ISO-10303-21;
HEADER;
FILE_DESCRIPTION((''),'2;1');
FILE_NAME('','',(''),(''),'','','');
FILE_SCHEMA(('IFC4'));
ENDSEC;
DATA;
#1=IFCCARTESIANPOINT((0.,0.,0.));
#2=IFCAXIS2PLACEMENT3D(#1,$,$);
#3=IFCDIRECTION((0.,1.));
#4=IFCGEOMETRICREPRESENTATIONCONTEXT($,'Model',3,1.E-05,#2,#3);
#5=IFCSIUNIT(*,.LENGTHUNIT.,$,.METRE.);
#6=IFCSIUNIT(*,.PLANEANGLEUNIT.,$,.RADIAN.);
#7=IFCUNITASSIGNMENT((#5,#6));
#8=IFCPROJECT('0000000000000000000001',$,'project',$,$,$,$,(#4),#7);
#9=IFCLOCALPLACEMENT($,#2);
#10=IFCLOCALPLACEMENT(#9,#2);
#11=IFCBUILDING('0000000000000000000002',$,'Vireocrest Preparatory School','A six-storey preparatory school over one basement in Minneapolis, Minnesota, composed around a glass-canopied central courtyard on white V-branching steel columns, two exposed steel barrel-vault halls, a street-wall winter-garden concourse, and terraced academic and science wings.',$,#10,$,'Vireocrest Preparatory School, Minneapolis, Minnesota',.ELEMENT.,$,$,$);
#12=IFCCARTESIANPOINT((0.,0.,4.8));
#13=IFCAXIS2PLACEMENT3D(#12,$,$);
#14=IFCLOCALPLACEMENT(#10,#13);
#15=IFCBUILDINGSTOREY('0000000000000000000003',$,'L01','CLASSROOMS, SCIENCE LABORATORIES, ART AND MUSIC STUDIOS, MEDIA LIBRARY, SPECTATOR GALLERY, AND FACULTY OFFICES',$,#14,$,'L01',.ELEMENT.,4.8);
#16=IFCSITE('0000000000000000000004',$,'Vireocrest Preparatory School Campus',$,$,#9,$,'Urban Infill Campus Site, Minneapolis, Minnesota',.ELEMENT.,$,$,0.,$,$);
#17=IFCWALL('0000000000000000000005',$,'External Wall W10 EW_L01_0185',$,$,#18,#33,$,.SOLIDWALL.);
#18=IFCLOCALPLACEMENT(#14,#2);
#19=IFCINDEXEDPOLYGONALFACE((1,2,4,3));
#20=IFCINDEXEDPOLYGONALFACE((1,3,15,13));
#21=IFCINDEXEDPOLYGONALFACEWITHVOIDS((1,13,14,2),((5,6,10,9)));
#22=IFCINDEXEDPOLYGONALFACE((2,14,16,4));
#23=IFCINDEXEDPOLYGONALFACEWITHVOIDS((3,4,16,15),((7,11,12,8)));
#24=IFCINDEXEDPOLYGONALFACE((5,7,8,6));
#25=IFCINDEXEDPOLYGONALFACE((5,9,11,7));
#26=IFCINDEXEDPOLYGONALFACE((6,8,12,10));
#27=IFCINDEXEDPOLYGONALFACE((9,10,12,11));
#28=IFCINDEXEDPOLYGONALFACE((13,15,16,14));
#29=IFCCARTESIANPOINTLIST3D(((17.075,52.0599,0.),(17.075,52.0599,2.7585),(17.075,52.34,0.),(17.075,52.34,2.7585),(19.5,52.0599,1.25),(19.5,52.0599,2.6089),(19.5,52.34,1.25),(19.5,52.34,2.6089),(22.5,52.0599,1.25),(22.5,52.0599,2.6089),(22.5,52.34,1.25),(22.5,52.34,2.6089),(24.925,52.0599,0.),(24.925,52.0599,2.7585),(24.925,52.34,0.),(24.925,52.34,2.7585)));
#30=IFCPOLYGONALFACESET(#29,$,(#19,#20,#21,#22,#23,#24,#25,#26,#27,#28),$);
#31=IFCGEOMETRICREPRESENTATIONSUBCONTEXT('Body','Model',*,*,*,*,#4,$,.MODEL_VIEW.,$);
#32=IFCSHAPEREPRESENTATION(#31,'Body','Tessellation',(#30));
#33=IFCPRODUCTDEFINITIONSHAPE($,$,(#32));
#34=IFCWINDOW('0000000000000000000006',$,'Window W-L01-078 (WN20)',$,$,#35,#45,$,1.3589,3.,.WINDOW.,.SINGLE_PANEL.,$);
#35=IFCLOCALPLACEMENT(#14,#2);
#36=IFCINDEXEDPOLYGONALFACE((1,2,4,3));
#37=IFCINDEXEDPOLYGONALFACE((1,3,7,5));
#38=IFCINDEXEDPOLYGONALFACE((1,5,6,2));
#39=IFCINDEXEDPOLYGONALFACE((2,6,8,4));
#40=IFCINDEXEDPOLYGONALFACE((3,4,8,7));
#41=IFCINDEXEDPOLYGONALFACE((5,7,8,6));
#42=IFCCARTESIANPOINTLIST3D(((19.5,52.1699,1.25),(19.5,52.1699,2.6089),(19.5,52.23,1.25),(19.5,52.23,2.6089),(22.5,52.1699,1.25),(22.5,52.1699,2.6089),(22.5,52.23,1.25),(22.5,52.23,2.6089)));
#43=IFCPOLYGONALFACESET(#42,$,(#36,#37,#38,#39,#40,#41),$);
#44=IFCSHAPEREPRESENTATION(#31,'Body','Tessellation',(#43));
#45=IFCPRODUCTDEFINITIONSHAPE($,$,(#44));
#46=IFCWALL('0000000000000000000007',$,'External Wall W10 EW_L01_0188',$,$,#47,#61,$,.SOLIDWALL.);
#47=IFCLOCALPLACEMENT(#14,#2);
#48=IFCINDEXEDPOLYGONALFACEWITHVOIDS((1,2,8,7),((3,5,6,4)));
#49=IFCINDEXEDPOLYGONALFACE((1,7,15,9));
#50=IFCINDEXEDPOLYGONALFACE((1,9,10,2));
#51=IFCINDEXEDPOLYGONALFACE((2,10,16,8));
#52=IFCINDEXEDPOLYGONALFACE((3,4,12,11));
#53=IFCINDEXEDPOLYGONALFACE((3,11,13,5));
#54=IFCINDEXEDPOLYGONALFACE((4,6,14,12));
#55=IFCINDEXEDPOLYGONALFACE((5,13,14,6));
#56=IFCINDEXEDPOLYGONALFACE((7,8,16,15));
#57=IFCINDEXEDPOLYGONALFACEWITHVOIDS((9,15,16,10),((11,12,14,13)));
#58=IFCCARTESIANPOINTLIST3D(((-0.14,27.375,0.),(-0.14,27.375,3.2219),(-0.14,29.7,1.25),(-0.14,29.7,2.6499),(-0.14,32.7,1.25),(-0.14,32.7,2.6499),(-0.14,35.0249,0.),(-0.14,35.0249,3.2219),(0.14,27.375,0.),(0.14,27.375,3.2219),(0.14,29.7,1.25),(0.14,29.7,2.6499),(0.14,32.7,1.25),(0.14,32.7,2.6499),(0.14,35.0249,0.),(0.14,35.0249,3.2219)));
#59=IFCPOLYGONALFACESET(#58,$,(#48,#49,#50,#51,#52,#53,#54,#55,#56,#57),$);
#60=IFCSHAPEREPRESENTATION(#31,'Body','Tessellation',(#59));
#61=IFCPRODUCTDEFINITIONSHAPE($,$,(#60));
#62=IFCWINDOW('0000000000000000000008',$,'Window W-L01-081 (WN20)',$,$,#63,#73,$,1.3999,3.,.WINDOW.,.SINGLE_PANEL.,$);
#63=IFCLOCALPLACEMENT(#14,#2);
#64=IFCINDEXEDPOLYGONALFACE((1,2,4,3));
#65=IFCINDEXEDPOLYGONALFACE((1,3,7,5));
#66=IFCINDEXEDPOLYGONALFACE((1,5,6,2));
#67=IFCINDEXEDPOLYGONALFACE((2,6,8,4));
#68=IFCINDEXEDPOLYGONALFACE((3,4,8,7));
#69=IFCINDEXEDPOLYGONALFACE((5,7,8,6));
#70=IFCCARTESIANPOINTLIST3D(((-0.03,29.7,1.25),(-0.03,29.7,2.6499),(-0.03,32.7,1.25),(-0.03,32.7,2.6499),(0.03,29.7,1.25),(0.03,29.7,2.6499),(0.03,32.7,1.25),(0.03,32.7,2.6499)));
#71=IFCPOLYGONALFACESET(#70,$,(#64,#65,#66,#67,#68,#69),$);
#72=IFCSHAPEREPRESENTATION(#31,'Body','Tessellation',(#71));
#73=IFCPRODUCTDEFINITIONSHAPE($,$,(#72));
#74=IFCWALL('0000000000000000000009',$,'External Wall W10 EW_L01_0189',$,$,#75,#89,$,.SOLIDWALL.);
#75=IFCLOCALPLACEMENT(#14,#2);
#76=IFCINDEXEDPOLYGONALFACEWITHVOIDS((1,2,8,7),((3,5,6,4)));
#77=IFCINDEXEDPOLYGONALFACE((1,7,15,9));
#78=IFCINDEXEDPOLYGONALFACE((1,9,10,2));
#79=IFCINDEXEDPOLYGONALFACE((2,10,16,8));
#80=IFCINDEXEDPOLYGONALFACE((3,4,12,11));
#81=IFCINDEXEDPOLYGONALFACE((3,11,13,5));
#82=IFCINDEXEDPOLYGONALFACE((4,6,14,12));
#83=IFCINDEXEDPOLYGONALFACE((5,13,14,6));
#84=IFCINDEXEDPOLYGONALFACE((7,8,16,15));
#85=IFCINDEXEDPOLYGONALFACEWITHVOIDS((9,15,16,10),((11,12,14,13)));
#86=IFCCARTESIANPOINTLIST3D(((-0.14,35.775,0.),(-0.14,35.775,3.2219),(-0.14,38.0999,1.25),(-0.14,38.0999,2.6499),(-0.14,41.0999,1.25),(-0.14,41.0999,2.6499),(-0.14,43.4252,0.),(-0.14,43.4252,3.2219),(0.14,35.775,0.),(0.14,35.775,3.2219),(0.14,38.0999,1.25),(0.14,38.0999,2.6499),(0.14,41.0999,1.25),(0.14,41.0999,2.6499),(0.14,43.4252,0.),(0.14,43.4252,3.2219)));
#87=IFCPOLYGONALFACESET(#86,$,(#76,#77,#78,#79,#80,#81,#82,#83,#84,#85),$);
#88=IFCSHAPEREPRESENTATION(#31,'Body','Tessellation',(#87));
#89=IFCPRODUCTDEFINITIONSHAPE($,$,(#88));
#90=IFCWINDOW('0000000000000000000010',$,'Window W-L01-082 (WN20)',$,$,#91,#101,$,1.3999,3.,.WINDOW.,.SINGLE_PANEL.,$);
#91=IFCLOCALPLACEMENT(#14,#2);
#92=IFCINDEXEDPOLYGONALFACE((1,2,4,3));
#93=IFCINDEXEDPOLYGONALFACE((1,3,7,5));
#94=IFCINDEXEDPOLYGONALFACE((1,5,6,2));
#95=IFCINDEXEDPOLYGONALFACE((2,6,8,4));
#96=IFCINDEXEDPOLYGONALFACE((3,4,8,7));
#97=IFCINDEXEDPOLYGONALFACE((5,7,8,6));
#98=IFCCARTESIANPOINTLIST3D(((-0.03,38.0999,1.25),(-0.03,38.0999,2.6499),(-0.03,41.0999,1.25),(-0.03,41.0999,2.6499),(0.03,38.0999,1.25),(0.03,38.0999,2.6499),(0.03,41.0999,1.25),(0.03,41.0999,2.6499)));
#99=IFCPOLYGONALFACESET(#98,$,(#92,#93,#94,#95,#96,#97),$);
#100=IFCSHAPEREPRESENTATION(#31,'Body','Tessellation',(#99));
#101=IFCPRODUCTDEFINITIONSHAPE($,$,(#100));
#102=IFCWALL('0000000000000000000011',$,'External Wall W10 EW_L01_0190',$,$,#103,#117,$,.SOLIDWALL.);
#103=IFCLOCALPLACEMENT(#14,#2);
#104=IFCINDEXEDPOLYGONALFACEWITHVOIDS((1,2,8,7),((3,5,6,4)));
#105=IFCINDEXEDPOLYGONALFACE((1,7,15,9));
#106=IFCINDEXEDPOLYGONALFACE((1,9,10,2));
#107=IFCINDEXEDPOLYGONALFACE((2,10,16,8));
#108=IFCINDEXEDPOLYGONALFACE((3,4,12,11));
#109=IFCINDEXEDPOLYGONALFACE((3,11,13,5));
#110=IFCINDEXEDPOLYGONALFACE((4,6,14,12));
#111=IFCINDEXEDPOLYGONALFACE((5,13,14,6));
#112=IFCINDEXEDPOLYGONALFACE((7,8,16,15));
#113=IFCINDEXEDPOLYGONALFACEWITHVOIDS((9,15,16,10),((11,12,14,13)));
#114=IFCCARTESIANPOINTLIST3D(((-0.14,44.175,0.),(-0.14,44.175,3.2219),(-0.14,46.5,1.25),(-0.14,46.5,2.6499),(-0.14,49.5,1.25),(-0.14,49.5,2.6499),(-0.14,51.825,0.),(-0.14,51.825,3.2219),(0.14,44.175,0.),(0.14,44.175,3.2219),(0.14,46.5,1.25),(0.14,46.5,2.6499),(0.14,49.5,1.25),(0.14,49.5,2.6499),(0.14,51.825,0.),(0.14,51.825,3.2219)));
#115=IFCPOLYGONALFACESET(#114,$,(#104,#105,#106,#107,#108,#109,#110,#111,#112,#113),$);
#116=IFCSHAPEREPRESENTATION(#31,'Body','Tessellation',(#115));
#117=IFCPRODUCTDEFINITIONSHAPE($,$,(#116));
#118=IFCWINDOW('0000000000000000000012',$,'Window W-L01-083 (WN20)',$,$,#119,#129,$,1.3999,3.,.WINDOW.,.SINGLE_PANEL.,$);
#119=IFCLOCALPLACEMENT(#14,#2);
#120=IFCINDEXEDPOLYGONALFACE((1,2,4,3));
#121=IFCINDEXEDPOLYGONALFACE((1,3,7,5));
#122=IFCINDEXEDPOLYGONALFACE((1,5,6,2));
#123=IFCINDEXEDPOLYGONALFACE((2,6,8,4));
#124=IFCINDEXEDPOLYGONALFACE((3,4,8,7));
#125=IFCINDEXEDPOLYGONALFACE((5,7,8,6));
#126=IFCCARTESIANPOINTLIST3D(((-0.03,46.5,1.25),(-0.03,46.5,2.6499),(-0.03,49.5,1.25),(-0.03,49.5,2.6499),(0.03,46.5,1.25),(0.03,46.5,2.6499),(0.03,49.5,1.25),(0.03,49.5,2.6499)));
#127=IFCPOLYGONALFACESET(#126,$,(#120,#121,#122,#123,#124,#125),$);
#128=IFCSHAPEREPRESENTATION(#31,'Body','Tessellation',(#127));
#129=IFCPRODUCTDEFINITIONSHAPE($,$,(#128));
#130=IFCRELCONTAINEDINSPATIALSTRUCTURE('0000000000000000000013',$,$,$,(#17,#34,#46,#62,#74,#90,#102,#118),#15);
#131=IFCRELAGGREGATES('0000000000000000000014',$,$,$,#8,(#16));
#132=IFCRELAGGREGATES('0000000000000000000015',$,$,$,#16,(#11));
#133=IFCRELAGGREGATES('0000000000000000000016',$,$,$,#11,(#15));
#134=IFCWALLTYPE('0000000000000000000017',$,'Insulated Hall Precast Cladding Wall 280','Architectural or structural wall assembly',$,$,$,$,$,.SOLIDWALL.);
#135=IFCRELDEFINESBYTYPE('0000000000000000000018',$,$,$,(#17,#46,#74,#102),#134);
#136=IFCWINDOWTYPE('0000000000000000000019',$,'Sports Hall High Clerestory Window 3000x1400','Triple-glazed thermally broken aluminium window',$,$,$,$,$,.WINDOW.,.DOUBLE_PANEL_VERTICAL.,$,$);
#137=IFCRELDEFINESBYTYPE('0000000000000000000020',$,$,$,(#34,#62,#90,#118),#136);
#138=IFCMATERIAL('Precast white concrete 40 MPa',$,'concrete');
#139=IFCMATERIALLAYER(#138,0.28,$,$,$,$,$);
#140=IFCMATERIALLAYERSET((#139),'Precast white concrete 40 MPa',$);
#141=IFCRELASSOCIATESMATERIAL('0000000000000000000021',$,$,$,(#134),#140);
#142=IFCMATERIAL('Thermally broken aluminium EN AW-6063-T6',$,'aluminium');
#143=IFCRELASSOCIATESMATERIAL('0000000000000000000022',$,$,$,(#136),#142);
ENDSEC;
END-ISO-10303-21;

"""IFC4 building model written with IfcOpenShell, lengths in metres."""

from ifc_helpers import new_model, si_unit, direction, frame, frame_2d, origin, place, context, subcontext, project, spatial, rectangle, extrude, material, layer, layer_set, type_object, element, fill, save


model = new_model("IFC4")

# Units and contexts
model_context = context("Model", 3, precision=1e-05, world=origin(), true_north=direction((0.0, 1.0)))
body_context = subcontext(model_context, "Body", "Model", "MODEL_VIEW")
ifc_project = project(units=[si_unit("LENGTHUNIT", "METRE"), si_unit("PLANEANGLEUNIT", "RADIAN")], contexts=[model_context])

# Site, building, storey
site_placement = place(None, origin())
site = spatial("IfcSite", under=ifc_project, at=site_placement, Name="Vireocrest Preparatory School Campus", LongName="Urban Infill Campus Site, Minneapolis, Minnesota", CompositionType="ELEMENT", RefElevation=0.0)
building_placement = place(site_placement, origin())
building = spatial("IfcBuilding", under=site, at=building_placement, Name="Vireocrest Preparatory School", Description="A six-storey preparatory school over one basement in Minneapolis, Minnesota, composed around a glass-canopied central courtyard on white V-branching steel columns, two exposed steel barrel-vault halls, a street-wall winter-garden concourse, and terraced academic and science wings.", LongName="Vireocrest Preparatory School, Minneapolis, Minnesota", CompositionType="ELEMENT")
storey_placement = place(building_placement, frame((0.0, 0.0, 4.8)))
storey = spatial("IfcBuildingStorey", under=building, at=storey_placement, Name="L01", Description="CLASSROOMS, SCIENCE LABORATORIES, ART AND MUSIC STUDIOS, MEDIA LIBRARY, SPECTATOR GALLERY, AND FACULTY OFFICES", LongName="L01", CompositionType="ELEMENT", Elevation=4.8)

# Walls, openings, windows
ifc_material_1 = material(Name="Precast white concrete 40 MPa", Category="concrete")
ifc_layer_1 = layer(ifc_material_1, 0.28)
ifc_layer_set_1 = layer_set([ifc_layer_1], Name="Precast white concrete 40 MPa")
wall_type_1 = type_object("IfcWallType", Name="Insulated Hall Precast Cladding Wall 280", Description="Architectural or structural wall assembly", PredefinedType="SOLIDWALL", material=ifc_layer_set_1)
ifc_material_2 = material(Name="Thermally broken aluminium EN AW-6063-T6", Category="aluminium")
window_type = type_object("IfcWindowType", Name="Sports Hall High Clerestory Window 3000x1400", Description="Triple-glazed thermally broken aluminium window", PartitioningType="DOUBLE_PANEL_VERTICAL", PredefinedType="WINDOW", material=ifc_material_2)
wall_1_placement = place(storey_placement, frame((17.075, 52.2, 0.0), z_axis=(0.0, 0.0, 1.0), x_axis=(1.0, 0.0, 0.0)))
wall_1 = element("IfcWall", 1, at=wall_1_placement, inside=storey, type_object=wall_type_1, Name="External Wall W10 EW_L01_0185", PredefinedType="SOLIDWALL", context=body_context, shape_type="SweptSolid", body=[
    extrude(rectangle(XDim=7.8501, YDim=0.28, at=frame_2d((3.925, 0.0))), origin(), (0.0, 0.0, 1.0), 2.7585),
])
opening_1_placement = place(wall_1_placement, frame((2.425, 0.0, 1.25)))
opening_1 = element("IfcOpeningElement", 2, at=opening_1_placement, cuts=wall_1, PredefinedType="OPENING", context=body_context, shape_type="SweptSolid", body=[
    extrude(rectangle(XDim=3.0, YDim=1.3589, at=frame_2d((1.5, 0.6794))), frame((0.0, 0.1499, 0.0), z_axis=(0.0, -1.0, 0.0), x_axis=(1.0, 0.0, 0.0)), (0.0, 0.0, 1.0), 0.3),
])
window_1_placement = place(opening_1_placement, origin())
window_1 = element("IfcWindow", 3, at=window_1_placement, inside=storey, type_object=window_type, Name="Window W-L01-078 (WN20)", OverallHeight=1.3589, OverallWidth=3.0, PartitioningType="SINGLE_PANEL", PredefinedType="WINDOW", context=body_context, shape_type="SweptSolid", body=[
    extrude(rectangle(XDim=3.0, YDim=1.3589, at=frame_2d((1.5, 0.6794))), frame((0.0, 0.03, 0.0), z_axis=(0.0, -1.0, 0.0), x_axis=(1.0, 0.0, 0.0)), (0.0, 0.0, 1.0), 0.0601),
])
fill(opening_1, window_1)
wall_2_placement = place(storey_placement, frame((0.0, 27.375, 0.0), z_axis=(0.0, 0.0, 1.0), x_axis=(0.0, 1.0, 0.0)))
wall_2 = element("IfcWall", 4, at=wall_2_placement, inside=storey, type_object=wall_type_1, Name="External Wall W10 EW_L01_0188", PredefinedType="SOLIDWALL", context=body_context, shape_type="SweptSolid", body=[
    extrude(rectangle(XDim=7.6499, YDim=0.28, at=frame_2d((3.825, 0.0))), origin(), (0.0, 0.0, 1.0), 3.2219),
])
opening_2_placement = place(wall_2_placement, frame((2.325, 0.0, 1.25)))
opening_2 = element("IfcOpeningElement", 5, at=opening_2_placement, cuts=wall_2, PredefinedType="OPENING", context=body_context, shape_type="SweptSolid", body=[
    extrude(rectangle(XDim=3.0, YDim=1.3999, at=frame_2d((1.5, 0.7))), frame((0.0, 0.1499, 0.0), z_axis=(0.0, -1.0, 0.0), x_axis=(1.0, 0.0, 0.0)), (0.0, 0.0, 1.0), 0.3),
])
window_2_placement = place(opening_2_placement, origin())
window_2 = element("IfcWindow", 6, at=window_2_placement, inside=storey, type_object=window_type, Name="Window W-L01-081 (WN20)", OverallHeight=1.3999, OverallWidth=3.0, PartitioningType="SINGLE_PANEL", PredefinedType="WINDOW", context=body_context, shape_type="SweptSolid", body=[
    extrude(rectangle(XDim=3.0, YDim=1.3999, at=frame_2d((1.5, 0.7))), frame((0.0, 0.03, 0.0), z_axis=(0.0, -1.0, 0.0), x_axis=(1.0, 0.0, 0.0)), (0.0, 0.0, 1.0), 0.0601),
])
fill(opening_2, window_2)
wall_3_placement = place(storey_placement, frame((0.0, 35.7749, 0.0), z_axis=(0.0, 0.0, 1.0), x_axis=(0.0, 1.0, 0.0)))
wall_3 = element("IfcWall", 7, at=wall_3_placement, inside=storey, type_object=wall_type_1, Name="External Wall W10 EW_L01_0189", PredefinedType="SOLIDWALL", context=body_context, shape_type="SweptSolid", body=[
    extrude(rectangle(XDim=7.6501, YDim=0.28, at=frame_2d((3.8252, 0.0))), origin(), (0.0, 0.0, 1.0), 3.2219),
])
opening_3_placement = place(wall_3_placement, frame((2.325, 0.0, 1.25)))
opening_3 = element("IfcOpeningElement", 8, at=opening_3_placement, cuts=wall_3, PredefinedType="OPENING", context=body_context, shape_type="SweptSolid", body=[
    extrude(rectangle(XDim=3.0, YDim=1.3999, at=frame_2d((1.5, 0.7))), frame((0.0, 0.1499, 0.0), z_axis=(0.0, -1.0, 0.0), x_axis=(1.0, 0.0, 0.0)), (0.0, 0.0, 1.0), 0.3),
])
window_3_placement = place(opening_3_placement, origin())
window_3 = element("IfcWindow", 9, at=window_3_placement, inside=storey, type_object=window_type, Name="Window W-L01-082 (WN20)", OverallHeight=1.3999, OverallWidth=3.0, PartitioningType="SINGLE_PANEL", PredefinedType="WINDOW", context=body_context, shape_type="SweptSolid", body=[
    extrude(rectangle(XDim=3.0, YDim=1.3999, at=frame_2d((1.5, 0.7))), frame((0.0, 0.03, 0.0), z_axis=(0.0, -1.0, 0.0), x_axis=(1.0, 0.0, 0.0)), (0.0, 0.0, 1.0), 0.0601),
])
fill(opening_3, window_3)
wall_4_placement = place(storey_placement, frame((0.0, 44.175, 0.0), z_axis=(0.0, 0.0, 1.0), x_axis=(0.0, 1.0, 0.0)))
wall_4 = element("IfcWall", 10, at=wall_4_placement, inside=storey, type_object=wall_type_1, Name="External Wall W10 EW_L01_0190", PredefinedType="SOLIDWALL", context=body_context, shape_type="SweptSolid", body=[
    extrude(rectangle(XDim=7.6499, YDim=0.28, at=frame_2d((3.825, 0.0))), origin(), (0.0, 0.0, 1.0), 3.2219),
])
opening_4_placement = place(wall_4_placement, frame((2.325, 0.0, 1.25)))
opening_4 = element("IfcOpeningElement", 11, at=opening_4_placement, cuts=wall_4, PredefinedType="OPENING", context=body_context, shape_type="SweptSolid", body=[
    extrude(rectangle(XDim=3.0, YDim=1.3999, at=frame_2d((1.5, 0.7))), frame((0.0, 0.1499, 0.0), z_axis=(0.0, -1.0, 0.0), x_axis=(1.0, 0.0, 0.0)), (0.0, 0.0, 1.0), 0.3),
])
window_4_placement = place(opening_4_placement, origin())
window_4 = element("IfcWindow", 12, at=window_4_placement, inside=storey, type_object=window_type, Name="Window W-L01-083 (WN20)", OverallHeight=1.3999, OverallWidth=3.0, PartitioningType="SINGLE_PANEL", PredefinedType="WINDOW", context=body_context, shape_type="SweptSolid", body=[
    extrude(rectangle(XDim=3.0, YDim=1.3999, at=frame_2d((1.5, 0.7))), frame((0.0, 0.03, 0.0), z_axis=(0.0, -1.0, 0.0), x_axis=(1.0, 0.0, 0.0)), (0.0, 0.0, 1.0), 0.0601),
])
fill(opening_4, window_4)

save(model, "model.ifc")
